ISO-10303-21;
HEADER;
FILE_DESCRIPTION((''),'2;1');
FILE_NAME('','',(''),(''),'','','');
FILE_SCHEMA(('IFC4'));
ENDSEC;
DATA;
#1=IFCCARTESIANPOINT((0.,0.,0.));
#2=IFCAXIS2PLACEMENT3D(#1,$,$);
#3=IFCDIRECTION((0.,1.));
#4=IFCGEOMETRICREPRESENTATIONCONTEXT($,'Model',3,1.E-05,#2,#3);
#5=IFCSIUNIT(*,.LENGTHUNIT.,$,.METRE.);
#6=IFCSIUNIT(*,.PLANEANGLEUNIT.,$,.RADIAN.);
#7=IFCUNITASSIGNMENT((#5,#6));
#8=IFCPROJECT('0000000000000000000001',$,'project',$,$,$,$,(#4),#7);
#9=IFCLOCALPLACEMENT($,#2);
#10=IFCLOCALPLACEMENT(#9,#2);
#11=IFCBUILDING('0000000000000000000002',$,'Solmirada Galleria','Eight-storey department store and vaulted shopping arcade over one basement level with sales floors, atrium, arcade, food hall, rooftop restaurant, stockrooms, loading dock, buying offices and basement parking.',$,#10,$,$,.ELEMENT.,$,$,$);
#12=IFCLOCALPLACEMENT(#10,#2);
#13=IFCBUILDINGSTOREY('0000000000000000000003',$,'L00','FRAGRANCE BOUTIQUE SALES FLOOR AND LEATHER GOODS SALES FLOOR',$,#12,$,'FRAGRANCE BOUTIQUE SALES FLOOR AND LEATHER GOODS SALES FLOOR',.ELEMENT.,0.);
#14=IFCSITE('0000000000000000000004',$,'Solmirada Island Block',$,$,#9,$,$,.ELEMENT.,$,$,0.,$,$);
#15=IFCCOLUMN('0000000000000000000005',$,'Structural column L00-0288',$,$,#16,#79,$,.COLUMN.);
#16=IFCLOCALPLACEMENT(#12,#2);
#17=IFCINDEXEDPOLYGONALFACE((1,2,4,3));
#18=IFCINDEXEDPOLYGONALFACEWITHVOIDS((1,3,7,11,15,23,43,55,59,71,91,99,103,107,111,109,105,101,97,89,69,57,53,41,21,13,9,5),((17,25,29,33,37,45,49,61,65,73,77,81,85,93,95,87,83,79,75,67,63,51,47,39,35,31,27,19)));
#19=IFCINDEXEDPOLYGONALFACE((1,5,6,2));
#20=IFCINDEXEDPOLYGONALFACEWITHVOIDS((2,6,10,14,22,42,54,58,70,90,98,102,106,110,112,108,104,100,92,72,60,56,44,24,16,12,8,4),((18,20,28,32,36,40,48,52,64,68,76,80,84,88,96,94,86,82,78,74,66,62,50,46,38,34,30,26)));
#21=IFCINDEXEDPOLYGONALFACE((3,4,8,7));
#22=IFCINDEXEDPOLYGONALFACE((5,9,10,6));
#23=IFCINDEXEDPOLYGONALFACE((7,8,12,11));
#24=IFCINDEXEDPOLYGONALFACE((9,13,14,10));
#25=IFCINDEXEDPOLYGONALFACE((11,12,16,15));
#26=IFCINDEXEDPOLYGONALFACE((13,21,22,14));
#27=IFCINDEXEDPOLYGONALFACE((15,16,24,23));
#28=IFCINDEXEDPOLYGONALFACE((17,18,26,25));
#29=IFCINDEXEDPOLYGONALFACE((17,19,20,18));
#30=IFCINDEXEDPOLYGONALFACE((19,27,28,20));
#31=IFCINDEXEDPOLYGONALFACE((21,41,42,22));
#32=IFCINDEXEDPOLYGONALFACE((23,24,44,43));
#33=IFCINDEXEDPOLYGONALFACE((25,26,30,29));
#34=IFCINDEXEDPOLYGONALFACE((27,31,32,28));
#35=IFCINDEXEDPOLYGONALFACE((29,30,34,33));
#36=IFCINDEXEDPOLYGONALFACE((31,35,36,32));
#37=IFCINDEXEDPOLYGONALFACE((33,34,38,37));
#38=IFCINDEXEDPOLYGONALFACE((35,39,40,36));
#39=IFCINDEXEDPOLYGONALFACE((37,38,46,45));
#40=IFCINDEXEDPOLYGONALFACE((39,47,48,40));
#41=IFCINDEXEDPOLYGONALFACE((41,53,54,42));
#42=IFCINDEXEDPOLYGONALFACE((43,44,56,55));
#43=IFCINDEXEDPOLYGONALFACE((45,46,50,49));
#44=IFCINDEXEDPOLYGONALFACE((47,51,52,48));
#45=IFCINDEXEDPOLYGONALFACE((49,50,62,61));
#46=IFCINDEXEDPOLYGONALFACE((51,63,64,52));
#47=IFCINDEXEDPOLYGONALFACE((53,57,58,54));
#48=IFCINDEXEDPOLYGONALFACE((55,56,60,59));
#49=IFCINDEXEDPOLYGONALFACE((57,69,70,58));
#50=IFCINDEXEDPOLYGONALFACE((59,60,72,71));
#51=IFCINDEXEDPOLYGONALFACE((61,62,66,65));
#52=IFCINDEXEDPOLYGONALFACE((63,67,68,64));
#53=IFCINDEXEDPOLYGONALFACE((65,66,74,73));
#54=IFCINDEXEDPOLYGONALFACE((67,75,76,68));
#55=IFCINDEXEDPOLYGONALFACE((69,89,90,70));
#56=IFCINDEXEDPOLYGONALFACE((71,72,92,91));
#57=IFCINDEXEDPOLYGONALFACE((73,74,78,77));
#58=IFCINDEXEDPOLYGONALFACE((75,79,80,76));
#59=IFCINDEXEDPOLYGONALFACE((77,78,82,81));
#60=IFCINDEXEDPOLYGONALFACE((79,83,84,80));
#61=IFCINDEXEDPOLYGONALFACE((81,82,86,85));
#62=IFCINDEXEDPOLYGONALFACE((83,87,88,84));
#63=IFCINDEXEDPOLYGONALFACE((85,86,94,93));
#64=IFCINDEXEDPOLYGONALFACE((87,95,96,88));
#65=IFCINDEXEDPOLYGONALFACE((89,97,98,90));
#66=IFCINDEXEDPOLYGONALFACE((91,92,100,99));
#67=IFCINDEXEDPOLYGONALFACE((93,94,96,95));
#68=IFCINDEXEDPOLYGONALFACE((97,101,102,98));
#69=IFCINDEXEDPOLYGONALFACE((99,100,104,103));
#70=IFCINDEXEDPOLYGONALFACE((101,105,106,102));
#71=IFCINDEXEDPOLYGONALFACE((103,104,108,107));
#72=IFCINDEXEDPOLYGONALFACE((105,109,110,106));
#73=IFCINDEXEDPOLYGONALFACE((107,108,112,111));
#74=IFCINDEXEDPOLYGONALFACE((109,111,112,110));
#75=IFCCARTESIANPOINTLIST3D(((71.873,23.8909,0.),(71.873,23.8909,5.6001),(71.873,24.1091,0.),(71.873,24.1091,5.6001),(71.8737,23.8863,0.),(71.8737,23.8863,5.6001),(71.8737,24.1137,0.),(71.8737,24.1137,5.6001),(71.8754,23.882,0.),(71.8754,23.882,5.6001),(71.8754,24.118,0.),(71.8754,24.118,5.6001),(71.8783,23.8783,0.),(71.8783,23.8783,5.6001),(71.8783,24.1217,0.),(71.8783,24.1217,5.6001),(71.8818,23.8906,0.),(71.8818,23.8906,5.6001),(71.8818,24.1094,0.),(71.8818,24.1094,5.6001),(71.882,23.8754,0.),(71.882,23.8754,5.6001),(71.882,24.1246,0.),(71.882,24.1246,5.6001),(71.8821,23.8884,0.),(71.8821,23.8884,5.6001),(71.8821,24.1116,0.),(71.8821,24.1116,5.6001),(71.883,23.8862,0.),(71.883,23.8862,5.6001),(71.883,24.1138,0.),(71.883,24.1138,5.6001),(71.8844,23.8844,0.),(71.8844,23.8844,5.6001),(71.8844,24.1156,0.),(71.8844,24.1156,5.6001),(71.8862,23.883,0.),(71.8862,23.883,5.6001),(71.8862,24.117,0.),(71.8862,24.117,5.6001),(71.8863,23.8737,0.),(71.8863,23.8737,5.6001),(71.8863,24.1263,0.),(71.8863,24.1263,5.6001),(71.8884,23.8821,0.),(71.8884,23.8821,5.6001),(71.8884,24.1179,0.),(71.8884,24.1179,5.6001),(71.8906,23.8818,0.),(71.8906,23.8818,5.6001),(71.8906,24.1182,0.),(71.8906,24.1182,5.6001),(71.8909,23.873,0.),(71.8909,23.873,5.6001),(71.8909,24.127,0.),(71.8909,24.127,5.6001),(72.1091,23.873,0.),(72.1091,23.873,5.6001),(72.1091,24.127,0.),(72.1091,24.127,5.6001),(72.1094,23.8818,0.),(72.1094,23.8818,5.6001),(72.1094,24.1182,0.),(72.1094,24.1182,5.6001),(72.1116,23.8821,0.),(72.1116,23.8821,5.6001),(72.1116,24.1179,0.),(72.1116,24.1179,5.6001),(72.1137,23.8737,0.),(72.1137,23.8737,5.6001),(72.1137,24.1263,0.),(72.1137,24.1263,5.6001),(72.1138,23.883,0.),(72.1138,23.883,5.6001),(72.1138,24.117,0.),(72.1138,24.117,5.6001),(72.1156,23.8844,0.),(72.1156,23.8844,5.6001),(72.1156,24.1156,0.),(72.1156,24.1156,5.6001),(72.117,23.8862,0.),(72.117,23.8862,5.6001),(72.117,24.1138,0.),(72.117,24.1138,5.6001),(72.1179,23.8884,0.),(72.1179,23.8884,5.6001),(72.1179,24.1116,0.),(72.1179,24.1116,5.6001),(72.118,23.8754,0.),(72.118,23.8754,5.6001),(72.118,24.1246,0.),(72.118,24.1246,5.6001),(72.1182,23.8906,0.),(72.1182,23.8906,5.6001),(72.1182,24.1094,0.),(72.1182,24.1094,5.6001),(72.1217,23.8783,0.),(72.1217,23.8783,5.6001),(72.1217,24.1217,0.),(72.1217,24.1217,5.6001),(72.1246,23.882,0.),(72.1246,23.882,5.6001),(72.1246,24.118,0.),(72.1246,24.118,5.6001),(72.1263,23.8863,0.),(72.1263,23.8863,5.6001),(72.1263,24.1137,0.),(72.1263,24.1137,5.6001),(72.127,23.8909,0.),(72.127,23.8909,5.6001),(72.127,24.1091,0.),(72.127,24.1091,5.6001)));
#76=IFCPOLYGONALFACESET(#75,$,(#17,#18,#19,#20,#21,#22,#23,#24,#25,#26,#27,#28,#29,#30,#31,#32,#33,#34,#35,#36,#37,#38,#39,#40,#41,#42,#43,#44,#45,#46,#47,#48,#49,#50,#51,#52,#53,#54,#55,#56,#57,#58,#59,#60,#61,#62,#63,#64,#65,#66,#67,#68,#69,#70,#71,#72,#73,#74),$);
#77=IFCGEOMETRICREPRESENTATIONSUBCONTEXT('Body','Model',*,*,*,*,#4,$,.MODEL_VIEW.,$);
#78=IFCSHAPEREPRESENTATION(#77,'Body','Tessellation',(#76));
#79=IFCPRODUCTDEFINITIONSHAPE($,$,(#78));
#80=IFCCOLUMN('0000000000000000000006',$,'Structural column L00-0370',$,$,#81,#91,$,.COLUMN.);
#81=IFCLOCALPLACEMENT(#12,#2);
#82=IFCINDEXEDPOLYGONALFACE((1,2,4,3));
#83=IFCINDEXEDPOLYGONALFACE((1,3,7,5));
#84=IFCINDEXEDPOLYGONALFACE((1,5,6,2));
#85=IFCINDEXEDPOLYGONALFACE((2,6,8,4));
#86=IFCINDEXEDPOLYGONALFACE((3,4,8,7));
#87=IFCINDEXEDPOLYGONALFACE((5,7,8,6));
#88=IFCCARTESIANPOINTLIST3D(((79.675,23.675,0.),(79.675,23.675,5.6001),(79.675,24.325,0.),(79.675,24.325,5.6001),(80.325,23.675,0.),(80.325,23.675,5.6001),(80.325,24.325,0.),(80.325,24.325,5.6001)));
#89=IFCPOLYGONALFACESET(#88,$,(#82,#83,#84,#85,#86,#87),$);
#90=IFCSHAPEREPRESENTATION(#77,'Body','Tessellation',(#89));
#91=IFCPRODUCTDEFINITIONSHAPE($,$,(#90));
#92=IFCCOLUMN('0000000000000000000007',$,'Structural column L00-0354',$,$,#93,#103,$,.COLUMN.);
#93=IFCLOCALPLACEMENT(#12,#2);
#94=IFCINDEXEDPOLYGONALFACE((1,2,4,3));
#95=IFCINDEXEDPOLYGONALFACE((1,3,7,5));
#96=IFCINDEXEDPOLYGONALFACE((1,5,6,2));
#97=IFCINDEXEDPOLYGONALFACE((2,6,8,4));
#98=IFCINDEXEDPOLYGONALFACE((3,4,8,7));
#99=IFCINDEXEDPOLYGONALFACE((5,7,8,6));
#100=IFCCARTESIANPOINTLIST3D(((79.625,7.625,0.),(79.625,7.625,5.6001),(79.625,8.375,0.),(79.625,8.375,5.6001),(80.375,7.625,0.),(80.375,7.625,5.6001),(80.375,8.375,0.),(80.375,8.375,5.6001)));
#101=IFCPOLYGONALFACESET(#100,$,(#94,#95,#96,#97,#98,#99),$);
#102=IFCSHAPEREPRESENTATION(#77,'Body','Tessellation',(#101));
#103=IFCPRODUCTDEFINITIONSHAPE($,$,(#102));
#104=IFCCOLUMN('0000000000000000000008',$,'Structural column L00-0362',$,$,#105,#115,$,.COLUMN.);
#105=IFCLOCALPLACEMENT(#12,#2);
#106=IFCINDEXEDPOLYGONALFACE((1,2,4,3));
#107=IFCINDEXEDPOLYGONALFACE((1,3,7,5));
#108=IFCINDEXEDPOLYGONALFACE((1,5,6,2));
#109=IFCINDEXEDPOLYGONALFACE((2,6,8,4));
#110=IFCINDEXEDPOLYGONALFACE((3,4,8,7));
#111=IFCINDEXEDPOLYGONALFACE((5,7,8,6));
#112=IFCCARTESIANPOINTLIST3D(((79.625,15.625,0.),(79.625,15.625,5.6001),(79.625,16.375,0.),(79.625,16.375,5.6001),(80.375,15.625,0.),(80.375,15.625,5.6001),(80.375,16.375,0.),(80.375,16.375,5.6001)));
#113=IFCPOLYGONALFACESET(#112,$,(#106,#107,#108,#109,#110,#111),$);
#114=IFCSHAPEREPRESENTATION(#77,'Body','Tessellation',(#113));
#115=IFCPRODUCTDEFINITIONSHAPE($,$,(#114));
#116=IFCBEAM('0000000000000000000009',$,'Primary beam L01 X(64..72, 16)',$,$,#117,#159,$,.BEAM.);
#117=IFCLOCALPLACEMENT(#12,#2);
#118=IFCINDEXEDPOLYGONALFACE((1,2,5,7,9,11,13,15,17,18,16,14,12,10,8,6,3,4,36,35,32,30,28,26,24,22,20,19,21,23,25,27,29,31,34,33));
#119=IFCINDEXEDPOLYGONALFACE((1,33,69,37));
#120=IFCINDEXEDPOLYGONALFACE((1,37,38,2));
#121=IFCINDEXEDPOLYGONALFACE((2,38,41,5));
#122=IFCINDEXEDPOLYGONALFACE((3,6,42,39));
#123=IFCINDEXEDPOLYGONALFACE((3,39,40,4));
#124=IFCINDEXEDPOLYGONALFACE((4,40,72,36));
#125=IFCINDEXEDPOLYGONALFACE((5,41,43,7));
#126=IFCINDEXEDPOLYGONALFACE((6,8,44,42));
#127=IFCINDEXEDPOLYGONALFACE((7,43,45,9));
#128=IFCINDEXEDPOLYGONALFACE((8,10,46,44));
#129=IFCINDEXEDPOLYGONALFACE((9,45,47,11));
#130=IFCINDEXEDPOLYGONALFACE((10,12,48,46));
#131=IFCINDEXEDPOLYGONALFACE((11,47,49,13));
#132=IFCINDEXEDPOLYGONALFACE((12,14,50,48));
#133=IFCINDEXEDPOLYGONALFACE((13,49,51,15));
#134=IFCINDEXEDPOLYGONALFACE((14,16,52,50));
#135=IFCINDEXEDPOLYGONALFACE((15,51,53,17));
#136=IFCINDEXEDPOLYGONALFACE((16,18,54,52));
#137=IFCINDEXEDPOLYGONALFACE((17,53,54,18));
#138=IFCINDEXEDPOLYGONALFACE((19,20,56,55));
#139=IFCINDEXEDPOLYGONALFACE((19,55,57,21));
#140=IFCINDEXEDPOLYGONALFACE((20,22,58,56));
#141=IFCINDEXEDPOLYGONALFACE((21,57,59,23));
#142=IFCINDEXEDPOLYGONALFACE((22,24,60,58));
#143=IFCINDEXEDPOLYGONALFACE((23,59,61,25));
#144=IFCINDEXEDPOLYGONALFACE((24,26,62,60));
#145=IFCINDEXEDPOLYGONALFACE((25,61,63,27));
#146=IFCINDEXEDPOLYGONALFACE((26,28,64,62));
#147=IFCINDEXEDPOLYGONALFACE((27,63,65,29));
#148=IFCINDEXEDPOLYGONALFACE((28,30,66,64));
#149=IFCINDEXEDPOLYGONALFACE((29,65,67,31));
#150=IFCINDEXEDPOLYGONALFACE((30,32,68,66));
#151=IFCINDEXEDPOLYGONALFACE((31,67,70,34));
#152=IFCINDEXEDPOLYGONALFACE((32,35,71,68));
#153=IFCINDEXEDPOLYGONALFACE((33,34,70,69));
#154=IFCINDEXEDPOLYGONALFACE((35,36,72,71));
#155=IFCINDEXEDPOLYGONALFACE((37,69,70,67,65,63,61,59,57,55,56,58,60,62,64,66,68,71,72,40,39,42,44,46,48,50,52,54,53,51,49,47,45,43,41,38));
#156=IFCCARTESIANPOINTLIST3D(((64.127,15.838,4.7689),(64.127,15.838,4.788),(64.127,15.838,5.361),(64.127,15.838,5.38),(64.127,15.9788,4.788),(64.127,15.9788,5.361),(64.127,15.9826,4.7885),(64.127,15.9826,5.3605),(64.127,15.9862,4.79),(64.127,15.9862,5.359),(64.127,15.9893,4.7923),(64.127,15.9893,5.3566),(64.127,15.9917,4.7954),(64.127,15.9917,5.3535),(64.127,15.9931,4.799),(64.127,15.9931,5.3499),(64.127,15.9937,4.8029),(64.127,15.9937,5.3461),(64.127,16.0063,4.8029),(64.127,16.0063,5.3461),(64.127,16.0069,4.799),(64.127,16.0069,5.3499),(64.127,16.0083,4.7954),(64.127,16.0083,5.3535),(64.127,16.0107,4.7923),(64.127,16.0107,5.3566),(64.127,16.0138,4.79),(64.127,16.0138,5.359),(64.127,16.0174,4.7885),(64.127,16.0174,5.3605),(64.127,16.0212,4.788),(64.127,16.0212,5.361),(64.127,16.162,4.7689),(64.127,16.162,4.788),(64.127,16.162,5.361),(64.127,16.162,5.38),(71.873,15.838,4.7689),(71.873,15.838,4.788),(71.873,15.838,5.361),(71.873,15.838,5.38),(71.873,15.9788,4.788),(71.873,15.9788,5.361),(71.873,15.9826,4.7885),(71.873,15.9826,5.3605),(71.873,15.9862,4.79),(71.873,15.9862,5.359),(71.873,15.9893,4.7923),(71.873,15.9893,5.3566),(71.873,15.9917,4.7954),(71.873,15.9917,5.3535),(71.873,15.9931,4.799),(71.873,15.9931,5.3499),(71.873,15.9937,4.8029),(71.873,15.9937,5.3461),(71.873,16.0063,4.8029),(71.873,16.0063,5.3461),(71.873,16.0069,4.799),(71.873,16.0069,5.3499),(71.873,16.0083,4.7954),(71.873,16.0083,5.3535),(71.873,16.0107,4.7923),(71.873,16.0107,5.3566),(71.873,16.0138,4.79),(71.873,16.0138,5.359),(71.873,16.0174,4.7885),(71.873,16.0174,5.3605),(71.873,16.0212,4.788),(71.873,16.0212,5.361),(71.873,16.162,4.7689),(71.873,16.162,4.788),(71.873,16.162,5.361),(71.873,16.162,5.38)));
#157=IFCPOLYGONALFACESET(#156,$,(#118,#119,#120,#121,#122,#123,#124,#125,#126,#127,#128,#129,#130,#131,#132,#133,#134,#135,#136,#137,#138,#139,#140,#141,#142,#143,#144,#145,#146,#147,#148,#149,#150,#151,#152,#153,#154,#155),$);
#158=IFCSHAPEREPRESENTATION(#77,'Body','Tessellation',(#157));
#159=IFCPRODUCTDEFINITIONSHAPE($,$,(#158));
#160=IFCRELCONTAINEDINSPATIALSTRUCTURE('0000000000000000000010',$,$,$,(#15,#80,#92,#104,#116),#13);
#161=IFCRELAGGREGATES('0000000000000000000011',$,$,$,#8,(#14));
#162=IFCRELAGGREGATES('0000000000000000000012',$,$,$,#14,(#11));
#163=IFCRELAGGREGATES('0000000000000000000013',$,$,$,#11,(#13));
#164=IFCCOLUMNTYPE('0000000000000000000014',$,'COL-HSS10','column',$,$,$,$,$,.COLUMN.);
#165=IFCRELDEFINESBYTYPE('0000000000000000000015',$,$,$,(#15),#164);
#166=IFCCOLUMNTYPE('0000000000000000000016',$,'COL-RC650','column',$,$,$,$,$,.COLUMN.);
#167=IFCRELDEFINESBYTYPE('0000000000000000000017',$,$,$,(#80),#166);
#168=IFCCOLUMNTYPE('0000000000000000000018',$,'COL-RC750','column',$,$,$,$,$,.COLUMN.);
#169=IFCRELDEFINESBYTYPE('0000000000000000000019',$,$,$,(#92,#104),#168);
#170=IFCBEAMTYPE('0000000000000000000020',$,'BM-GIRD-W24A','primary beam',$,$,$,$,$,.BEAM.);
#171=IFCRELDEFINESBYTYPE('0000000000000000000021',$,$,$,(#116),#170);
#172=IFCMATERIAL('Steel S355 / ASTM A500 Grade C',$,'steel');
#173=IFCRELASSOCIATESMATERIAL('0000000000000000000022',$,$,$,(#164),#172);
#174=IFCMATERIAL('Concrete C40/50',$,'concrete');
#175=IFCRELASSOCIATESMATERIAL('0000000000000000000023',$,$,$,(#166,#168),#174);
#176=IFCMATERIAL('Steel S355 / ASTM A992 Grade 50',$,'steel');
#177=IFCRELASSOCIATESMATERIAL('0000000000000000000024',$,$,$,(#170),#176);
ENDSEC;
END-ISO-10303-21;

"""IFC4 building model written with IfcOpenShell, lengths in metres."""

from ifc_helpers import new_model, si_unit, direction, frame, origin, origin_2d, place, context, subcontext, project, spatial, rectangle, hollow_rectangle, i_section, extrude, material, material_profile, profile_set, type_object, element, save


model = new_model("IFC4")

# Units and contexts
model_context = context("Model", 3, precision=1e-05, world=origin(), true_north=direction((0.0, 1.0)))
body_context = subcontext(model_context, "Body", "Model", "MODEL_VIEW")
ifc_project = project(units=[si_unit("LENGTHUNIT", "METRE"), si_unit("PLANEANGLEUNIT", "RADIAN")], contexts=[model_context])

# Site, building, storey
site_placement = place(None, origin())
site = spatial("IfcSite", under=ifc_project, at=site_placement, Name="Solmirada Island Block", CompositionType="ELEMENT", RefElevation=0.0)
building_placement = place(site_placement, origin())
building = spatial("IfcBuilding", under=site, at=building_placement, Name="Solmirada Galleria", Description="Eight-storey department store and vaulted shopping arcade over one basement level with sales floors, atrium, arcade, food hall, rooftop restaurant, stockrooms, loading dock, buying offices and basement parking.", CompositionType="ELEMENT")
storey_placement = place(building_placement, origin())
storey = spatial("IfcBuildingStorey", under=building, at=storey_placement, Name="L00", Description="FRAGRANCE BOUTIQUE SALES FLOOR AND LEATHER GOODS SALES FLOOR", LongName="FRAGRANCE BOUTIQUE SALES FLOOR AND LEATHER GOODS SALES FLOOR", CompositionType="ELEMENT", Elevation=0.0)

# Columns
ifc_material_1 = material(Name="Steel S355 / ASTM A500 Grade C", Category="steel")
ifc_material_profile_1 = material_profile(ifc_material_1, hollow_rectangle(XDim=0.2539, YDim=0.2539, WallThickness=0.0088, InnerFilletRadius=0.0088, OuterFilletRadius=0.0178, at=origin_2d()), Name="HSS10X10X3/8")
ifc_profile_set_1 = profile_set([ifc_material_profile_1], Name="Steel S355 / ASTM A500 Grade C")
column_type_1 = type_object("IfcColumnType", Name="COL-HSS10", Description="column", PredefinedType="COLUMN", material=ifc_profile_set_1)
for number, where, z_axis, x_axis, name in (
    (1, (72.0, 24.0, 0.0), (0.0, 0.0, 1.0), (1.0, 0.0, 0.0), "Structural column L00-0288"),
):
    element("IfcColumn", number, at=place(storey_placement, frame(where, z_axis=z_axis, x_axis=x_axis)), inside=storey, type_object=column_type_1, Name=name, PredefinedType="COLUMN", context=body_context, shape_type="SweptSolid", body=[
        extrude(hollow_rectangle(XDim=0.2539, YDim=0.2539, WallThickness=0.0088, InnerFilletRadius=0.0088, OuterFilletRadius=0.0178, at=origin_2d()), origin(), (0.0, 0.0, 1.0), 5.6001),
    ])
ifc_material_2 = material(Name="Concrete C40/50", Category="concrete")
ifc_material_profile_2 = material_profile(ifc_material_2, rectangle(XDim=0.6499, YDim=0.6499, at=origin_2d()), Name="RC650X650")
ifc_profile_set_2 = profile_set([ifc_material_profile_2], Name="Concrete C40/50")
column_type_2 = type_object("IfcColumnType", Name="COL-RC650", Description="column", PredefinedType="COLUMN", material=ifc_profile_set_2)
column_placement = place(storey_placement, frame((80.0, 24.0, 0.0), z_axis=(0.0, 0.0, 1.0), x_axis=(1.0, 0.0, 0.0)))
element("IfcColumn", 2, at=column_placement, inside=storey, type_object=column_type_2, Name="Structural column L00-0370", PredefinedType="COLUMN", context=body_context, shape_type="SweptSolid", body=[
    extrude(rectangle(XDim=0.6499, YDim=0.6499, at=origin_2d()), origin(), (0.0, 0.0, 1.0), 5.6001),
])
ifc_material_profile_3 = material_profile(ifc_material_2, rectangle(XDim=0.75, YDim=0.75, at=origin_2d()), Name="RC750X750")
ifc_profile_set_3 = profile_set([ifc_material_profile_3], Name="Concrete C40/50")
column_type_3 = type_object("IfcColumnType", Name="COL-RC750", Description="column", PredefinedType="COLUMN", material=ifc_profile_set_3)
for number, where, z_axis, x_axis, name in (
    (3, (80.0, 8.0, 0.0), (0.0, 0.0, 1.0), (1.0, 0.0, 0.0), "Structural column L00-0354"),
    (4, (80.0, 16.0, 0.0), (0.0, 0.0, 1.0), (1.0, 0.0, 0.0), "Structural column L00-0362"),
):
    element("IfcColumn", number, at=place(storey_placement, frame(where, z_axis=z_axis, x_axis=x_axis)), inside=storey, type_object=column_type_3, Name=name, PredefinedType="COLUMN", context=body_context, shape_type="SweptSolid", body=[
        extrude(rectangle(XDim=0.75, YDim=0.75, at=origin_2d()), origin(), (0.0, 0.0, 1.0), 5.6001),
    ])

# Beam
ifc_material_3 = material(Name="Steel S355 / ASTM A992 Grade 50", Category="steel")
ifc_material_profile_4 = material_profile(ifc_material_3, i_section(OverallWidth=0.324, OverallDepth=0.6111, WebThickness=0.0127, FlangeThickness=0.019, FilletRadius=0.0149, at=origin_2d()), Name="W24X104")
ifc_profile_set_4 = profile_set([ifc_material_profile_4], Name="Steel S355 / ASTM A992 Grade 50")
beam_type_1 = type_object("IfcBeamType", Name="BM-GIRD-W24A", Description="primary beam", PredefinedType="BEAM", material=ifc_profile_set_4)
beam_1_placement = place(storey_placement, frame((64.127, 16.0, 5.0745), z_axis=(1.0, 0.0, 0.0), x_axis=(0.0, 1.0, 0.0)))
element("IfcBeam", 5, at=beam_1_placement, inside=storey, type_object=beam_type_1, Name="Primary beam L01 X(64..72, 16)", PredefinedType="BEAM", context=body_context, shape_type="SweptSolid", body=[
    extrude(i_section(OverallWidth=0.324, OverallDepth=0.6111, WebThickness=0.0127, FlangeThickness=0.019, FilletRadius=0.0149, at=origin_2d()), origin(), (0.0, 0.0, 1.0), 7.7461),
])

save(model, "model.ifc")
